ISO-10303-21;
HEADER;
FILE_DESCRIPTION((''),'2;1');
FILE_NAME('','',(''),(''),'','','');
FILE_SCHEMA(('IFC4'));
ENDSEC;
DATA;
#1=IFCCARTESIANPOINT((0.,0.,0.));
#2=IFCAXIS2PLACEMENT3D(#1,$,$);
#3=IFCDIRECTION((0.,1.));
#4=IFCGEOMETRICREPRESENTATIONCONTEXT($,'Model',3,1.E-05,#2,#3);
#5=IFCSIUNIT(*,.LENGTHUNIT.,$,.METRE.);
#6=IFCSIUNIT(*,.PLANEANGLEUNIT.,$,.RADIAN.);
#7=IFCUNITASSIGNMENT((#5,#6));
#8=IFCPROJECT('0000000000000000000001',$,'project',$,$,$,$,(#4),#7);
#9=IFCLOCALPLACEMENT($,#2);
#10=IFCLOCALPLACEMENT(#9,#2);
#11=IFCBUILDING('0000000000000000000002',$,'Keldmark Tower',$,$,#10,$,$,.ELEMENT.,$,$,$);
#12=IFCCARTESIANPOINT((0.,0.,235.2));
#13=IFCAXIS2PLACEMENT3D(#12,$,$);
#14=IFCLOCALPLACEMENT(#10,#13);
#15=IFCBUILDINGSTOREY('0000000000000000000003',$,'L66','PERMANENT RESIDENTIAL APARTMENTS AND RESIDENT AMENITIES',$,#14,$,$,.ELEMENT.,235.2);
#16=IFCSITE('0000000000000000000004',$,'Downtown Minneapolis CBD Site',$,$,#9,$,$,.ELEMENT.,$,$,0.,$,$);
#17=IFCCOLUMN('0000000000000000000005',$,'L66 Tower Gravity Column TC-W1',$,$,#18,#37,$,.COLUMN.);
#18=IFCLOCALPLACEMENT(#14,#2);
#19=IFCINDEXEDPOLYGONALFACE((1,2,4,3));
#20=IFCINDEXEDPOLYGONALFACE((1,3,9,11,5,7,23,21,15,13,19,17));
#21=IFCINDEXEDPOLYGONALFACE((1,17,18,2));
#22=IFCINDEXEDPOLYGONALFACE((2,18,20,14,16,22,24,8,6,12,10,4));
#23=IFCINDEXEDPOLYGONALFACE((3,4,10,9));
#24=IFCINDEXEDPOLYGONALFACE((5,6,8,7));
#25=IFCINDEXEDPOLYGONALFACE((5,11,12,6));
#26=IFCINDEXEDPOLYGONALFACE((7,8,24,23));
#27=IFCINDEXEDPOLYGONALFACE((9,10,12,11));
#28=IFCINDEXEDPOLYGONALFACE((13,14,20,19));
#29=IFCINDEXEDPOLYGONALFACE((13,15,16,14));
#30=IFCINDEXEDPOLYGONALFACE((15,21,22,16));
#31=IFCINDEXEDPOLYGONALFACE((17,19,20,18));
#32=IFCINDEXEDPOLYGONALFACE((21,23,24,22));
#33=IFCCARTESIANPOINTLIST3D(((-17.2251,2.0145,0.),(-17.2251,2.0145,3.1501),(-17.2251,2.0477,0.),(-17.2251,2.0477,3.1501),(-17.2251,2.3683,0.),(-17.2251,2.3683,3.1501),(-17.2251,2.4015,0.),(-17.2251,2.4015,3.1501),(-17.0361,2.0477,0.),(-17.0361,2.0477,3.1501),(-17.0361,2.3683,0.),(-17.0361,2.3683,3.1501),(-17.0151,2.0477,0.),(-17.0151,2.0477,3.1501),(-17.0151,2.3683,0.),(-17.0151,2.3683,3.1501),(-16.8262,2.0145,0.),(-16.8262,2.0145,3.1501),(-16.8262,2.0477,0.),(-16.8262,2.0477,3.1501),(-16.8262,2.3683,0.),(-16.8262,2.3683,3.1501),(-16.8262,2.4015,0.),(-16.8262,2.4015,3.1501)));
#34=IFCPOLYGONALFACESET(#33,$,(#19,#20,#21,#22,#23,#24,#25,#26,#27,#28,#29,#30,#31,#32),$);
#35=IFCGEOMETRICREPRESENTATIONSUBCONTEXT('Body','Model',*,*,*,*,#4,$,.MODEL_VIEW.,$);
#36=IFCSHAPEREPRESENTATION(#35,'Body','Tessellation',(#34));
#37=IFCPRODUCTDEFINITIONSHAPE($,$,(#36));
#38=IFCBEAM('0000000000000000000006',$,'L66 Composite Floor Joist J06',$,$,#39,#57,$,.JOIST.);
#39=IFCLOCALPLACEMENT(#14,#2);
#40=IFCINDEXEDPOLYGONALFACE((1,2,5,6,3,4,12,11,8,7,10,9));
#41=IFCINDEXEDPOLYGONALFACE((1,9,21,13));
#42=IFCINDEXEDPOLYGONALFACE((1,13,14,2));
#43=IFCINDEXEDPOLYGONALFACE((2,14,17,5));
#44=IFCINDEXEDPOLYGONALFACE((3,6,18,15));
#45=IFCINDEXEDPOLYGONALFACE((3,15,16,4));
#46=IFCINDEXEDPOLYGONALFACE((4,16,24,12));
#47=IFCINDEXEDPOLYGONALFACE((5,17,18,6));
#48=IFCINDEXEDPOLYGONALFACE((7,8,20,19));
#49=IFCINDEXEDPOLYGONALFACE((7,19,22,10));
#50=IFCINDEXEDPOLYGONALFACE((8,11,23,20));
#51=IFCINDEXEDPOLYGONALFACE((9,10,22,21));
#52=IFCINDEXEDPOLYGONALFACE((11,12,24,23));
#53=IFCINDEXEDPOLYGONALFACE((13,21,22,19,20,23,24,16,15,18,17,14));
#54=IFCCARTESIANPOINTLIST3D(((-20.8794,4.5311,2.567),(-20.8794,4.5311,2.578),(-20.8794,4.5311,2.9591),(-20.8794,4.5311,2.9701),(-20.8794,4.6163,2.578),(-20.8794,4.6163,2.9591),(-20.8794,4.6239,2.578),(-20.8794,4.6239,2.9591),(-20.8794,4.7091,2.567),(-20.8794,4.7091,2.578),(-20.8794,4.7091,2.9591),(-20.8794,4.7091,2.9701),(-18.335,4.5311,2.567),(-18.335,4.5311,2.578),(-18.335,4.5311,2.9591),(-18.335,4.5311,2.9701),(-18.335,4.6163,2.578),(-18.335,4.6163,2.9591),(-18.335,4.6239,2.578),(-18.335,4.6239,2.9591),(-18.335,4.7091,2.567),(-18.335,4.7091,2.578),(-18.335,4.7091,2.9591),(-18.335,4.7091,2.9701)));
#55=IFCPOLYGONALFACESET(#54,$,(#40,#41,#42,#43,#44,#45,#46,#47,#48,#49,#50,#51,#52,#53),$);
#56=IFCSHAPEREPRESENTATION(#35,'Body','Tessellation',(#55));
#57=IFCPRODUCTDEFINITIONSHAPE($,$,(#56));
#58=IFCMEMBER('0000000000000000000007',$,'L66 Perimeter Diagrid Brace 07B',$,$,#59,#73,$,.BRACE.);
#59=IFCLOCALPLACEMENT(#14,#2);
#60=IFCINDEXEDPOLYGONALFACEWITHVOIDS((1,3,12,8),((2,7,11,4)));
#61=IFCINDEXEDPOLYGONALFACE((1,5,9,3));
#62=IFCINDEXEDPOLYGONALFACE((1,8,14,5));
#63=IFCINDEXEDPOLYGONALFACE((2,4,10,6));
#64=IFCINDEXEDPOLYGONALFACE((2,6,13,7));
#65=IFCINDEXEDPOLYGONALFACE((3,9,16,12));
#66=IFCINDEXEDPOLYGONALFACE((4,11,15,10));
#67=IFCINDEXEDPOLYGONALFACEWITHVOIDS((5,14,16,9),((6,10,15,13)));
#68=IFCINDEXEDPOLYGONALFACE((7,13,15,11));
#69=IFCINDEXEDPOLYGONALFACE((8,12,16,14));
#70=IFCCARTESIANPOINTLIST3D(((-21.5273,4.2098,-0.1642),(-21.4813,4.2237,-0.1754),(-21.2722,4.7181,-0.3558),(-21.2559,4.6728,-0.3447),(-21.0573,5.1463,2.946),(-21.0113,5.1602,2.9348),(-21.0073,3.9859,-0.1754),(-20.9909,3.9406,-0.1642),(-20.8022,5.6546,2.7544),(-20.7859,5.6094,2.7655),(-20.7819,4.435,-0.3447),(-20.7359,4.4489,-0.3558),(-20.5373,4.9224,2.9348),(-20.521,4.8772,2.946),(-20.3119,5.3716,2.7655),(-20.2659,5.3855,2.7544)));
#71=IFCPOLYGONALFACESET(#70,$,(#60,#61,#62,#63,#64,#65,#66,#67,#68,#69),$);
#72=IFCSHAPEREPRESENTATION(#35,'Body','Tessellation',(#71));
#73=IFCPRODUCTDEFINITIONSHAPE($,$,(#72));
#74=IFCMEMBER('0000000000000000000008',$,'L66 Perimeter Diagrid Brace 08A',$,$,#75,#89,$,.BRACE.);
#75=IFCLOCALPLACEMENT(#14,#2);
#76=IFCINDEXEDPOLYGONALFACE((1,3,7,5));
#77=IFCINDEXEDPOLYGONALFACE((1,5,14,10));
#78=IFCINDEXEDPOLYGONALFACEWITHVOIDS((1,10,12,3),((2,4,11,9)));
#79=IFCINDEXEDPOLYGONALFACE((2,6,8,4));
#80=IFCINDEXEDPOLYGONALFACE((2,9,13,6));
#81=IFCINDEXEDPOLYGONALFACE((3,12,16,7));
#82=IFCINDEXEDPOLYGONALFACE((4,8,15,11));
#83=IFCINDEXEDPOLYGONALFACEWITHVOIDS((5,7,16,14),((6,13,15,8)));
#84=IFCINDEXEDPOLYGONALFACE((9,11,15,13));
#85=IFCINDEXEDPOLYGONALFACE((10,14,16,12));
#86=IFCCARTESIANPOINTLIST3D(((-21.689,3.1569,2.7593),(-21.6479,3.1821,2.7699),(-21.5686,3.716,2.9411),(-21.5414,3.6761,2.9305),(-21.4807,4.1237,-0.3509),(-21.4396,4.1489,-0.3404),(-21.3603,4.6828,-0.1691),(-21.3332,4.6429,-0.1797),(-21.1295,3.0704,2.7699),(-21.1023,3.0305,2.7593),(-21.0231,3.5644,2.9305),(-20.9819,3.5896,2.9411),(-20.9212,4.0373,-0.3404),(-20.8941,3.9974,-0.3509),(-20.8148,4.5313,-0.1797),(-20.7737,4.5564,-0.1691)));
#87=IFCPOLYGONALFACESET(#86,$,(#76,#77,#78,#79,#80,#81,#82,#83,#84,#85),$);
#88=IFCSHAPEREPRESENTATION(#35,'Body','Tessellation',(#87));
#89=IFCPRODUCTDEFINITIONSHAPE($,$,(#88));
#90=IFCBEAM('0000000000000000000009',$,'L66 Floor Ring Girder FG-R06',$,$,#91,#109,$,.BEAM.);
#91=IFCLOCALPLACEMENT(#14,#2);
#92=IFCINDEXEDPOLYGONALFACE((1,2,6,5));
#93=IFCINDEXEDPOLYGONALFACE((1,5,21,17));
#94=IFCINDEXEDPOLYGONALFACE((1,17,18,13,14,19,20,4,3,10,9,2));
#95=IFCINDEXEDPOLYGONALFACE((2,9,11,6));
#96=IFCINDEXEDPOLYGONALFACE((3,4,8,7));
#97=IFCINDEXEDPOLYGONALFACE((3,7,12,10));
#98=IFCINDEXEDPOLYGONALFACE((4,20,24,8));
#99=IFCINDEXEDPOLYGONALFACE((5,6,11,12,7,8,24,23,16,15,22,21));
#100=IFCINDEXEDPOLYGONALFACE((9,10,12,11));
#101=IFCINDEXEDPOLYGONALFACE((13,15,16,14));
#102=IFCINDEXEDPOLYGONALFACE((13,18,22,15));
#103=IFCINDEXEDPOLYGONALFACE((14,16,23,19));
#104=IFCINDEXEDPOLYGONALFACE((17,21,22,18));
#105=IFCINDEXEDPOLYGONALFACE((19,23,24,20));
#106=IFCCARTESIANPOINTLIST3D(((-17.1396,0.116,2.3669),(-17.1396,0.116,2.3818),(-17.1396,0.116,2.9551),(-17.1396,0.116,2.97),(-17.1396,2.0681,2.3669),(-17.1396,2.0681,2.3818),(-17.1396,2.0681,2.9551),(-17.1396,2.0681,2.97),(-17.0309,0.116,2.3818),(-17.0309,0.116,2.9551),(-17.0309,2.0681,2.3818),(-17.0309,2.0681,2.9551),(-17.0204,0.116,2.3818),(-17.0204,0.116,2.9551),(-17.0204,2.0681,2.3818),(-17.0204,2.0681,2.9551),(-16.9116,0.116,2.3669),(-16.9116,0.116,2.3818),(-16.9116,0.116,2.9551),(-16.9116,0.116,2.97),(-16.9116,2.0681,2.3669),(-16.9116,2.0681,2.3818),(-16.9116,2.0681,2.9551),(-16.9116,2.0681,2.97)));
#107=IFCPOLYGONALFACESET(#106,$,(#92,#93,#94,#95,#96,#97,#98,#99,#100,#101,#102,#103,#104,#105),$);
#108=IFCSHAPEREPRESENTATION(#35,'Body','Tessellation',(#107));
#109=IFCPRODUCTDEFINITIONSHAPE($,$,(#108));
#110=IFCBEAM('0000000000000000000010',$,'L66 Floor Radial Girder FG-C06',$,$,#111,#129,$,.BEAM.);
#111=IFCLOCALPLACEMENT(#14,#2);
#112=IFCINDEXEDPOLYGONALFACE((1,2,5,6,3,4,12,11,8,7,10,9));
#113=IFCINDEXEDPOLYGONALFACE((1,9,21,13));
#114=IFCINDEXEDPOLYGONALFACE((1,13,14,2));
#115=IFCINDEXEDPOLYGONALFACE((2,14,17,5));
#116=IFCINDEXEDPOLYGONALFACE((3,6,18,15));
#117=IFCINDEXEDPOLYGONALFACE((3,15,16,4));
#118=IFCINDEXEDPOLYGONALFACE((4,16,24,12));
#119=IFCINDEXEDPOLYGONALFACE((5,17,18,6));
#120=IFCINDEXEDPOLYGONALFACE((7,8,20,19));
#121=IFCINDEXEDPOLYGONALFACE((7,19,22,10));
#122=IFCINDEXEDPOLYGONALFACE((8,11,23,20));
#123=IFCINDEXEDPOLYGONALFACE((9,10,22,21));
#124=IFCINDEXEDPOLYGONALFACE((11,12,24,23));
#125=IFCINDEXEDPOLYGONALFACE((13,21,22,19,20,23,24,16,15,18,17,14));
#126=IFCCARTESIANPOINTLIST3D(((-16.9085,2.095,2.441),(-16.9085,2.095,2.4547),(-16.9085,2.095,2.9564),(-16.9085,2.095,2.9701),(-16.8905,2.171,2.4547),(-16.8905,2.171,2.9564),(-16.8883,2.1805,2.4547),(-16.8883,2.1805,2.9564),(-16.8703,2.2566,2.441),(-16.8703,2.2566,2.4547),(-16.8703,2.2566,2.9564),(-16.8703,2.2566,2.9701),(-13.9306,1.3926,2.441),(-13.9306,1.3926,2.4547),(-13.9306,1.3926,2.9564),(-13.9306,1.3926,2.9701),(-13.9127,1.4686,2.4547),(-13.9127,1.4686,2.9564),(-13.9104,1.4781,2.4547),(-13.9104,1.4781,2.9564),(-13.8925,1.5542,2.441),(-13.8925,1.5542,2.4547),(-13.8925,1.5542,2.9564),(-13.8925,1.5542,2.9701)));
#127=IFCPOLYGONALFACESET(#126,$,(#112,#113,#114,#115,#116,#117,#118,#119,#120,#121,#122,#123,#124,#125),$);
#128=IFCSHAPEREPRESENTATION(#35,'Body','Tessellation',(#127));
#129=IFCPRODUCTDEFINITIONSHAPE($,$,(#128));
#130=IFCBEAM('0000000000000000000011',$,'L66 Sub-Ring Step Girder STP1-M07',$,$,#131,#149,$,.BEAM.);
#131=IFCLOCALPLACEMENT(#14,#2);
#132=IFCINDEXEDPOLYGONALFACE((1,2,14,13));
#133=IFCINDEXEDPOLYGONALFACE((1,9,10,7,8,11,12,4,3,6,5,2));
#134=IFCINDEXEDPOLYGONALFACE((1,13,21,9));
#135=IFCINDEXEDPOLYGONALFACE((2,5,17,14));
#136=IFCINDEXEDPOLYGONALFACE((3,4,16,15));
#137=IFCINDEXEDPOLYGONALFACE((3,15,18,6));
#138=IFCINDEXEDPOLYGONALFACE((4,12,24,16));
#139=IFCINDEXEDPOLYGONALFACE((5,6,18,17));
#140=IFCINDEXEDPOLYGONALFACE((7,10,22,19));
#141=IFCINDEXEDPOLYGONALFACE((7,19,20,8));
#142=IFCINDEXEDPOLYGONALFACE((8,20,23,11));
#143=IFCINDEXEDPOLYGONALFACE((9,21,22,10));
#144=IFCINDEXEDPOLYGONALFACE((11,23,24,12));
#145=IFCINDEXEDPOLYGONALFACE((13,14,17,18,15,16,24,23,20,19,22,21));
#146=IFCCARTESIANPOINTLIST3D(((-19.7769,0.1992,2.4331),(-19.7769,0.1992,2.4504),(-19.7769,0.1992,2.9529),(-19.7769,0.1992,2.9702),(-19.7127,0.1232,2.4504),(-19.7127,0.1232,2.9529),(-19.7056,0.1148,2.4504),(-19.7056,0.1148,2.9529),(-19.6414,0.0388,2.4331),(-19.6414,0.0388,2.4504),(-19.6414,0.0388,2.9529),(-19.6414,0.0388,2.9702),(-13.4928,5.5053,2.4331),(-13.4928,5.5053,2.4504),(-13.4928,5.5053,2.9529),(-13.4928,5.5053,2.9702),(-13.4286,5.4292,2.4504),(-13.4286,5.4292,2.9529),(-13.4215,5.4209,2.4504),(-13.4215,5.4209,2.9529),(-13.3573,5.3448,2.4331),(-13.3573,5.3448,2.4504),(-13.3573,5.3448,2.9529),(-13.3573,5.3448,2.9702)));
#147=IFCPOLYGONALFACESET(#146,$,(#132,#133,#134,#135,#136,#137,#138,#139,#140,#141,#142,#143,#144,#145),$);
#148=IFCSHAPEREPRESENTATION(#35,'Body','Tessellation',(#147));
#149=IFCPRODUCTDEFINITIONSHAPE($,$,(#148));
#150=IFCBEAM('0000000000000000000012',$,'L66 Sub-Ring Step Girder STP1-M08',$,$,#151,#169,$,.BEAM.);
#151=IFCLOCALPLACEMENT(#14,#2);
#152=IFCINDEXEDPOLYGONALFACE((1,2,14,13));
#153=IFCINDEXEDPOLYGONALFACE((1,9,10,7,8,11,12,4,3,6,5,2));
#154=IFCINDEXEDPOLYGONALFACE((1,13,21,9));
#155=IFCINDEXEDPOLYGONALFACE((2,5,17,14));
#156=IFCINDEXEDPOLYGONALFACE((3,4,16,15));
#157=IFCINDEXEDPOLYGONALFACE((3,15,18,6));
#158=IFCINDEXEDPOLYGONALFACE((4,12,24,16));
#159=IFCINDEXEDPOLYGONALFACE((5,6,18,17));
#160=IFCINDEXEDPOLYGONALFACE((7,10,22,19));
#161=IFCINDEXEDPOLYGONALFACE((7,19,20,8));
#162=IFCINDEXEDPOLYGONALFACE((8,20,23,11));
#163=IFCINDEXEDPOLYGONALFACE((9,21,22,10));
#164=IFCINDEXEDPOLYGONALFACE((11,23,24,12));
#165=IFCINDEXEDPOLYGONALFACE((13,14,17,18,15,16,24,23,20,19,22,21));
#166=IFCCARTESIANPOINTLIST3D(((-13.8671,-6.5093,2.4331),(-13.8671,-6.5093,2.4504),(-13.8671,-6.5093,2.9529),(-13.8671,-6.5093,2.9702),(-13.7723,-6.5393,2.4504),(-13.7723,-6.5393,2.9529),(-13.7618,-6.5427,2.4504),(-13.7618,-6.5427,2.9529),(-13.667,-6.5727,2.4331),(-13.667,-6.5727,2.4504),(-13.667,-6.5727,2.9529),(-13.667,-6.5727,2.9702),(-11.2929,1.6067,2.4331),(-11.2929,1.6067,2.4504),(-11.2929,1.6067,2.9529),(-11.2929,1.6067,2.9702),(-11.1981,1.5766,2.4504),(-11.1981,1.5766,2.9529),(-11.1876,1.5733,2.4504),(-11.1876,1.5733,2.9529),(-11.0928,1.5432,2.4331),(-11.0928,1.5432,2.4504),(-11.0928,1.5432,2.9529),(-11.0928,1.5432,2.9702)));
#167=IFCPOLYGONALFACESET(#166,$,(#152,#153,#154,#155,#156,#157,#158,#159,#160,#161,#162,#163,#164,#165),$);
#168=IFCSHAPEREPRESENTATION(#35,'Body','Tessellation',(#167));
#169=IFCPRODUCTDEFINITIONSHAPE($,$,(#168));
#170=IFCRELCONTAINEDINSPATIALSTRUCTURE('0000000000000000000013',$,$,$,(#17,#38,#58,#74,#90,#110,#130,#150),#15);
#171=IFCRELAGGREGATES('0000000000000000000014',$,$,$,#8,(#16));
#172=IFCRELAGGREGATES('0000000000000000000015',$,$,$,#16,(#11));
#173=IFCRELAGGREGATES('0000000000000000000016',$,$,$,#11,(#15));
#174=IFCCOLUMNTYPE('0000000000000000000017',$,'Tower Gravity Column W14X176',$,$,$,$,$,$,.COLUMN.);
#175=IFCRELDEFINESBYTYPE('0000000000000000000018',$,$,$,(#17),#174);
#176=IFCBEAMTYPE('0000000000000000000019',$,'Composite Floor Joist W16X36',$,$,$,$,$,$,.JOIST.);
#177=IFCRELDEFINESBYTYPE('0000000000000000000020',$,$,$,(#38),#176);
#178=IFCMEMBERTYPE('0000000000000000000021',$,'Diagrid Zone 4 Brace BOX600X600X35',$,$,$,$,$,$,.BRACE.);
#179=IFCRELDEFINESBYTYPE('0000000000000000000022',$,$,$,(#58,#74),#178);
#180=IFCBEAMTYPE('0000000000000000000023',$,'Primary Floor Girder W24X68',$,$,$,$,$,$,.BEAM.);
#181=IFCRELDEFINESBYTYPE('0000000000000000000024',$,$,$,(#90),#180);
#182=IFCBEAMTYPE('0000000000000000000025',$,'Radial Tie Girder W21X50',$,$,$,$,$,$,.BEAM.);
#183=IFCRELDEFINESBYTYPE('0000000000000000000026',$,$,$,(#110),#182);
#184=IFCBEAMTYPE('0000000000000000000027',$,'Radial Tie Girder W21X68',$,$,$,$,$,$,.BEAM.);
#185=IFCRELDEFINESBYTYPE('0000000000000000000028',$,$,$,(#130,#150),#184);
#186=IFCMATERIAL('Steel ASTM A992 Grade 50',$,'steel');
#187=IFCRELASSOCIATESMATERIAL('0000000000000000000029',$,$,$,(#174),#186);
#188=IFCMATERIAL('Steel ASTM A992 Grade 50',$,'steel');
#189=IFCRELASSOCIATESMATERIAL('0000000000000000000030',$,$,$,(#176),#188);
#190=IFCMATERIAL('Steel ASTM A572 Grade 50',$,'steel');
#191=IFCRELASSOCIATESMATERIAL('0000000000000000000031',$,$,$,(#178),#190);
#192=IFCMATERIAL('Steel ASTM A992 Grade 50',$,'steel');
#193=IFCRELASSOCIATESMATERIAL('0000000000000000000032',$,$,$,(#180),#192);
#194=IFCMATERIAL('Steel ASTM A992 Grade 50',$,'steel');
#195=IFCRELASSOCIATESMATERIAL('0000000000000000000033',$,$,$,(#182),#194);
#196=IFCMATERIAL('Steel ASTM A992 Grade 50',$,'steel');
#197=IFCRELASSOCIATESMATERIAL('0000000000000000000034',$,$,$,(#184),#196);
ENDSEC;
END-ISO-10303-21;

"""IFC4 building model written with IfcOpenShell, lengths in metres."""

from ifc_helpers import new_model, si_unit, direction, frame, origin, origin_2d, place, context, subcontext, project, spatial, hollow_rectangle, i_section, extrude, material, material_profile, profile_set, type_object, element, save


model = new_model("IFC4")

# Units and contexts
model_context = context("Model", 3, precision=1e-05, world=origin(), true_north=direction((0.0, 1.0)))
body_context = subcontext(model_context, "Body", "Model", "MODEL_VIEW")
ifc_project = project(units=[si_unit("LENGTHUNIT", "METRE"), si_unit("PLANEANGLEUNIT", "RADIAN")], contexts=[model_context])

# Site, building, storey
site_placement = place(None, origin())
site = spatial("IfcSite", under=ifc_project, at=site_placement, Name="Downtown Minneapolis CBD Site", CompositionType="ELEMENT", RefElevation=0.0)
building_placement = place(site_placement, origin())
building = spatial("IfcBuilding", under=site, at=building_placement, Name="Keldmark Tower", CompositionType="ELEMENT")
storey_placement = place(building_placement, frame((0.0, 0.0, 235.2)))
storey = spatial("IfcBuildingStorey", under=building, at=storey_placement, Name="L66", Description="PERMANENT RESIDENTIAL APARTMENTS AND RESIDENT AMENITIES", CompositionType="ELEMENT", Elevation=235.2)

# Column
ifc_material_1 = material(Name="Steel ASTM A992 Grade 50", Category="steel")
ifc_material_profile_1 = material_profile(ifc_material_1, i_section(OverallWidth=0.3989, OverallDepth=0.387, WebThickness=0.021, FlangeThickness=0.0332, at=origin_2d()), Name="W14X176")
ifc_profile_set_1 = profile_set([ifc_material_profile_1], Name="Steel ASTM A992 Grade 50")
column_type = type_object("IfcColumnType", Name="Tower Gravity Column W14X176", PredefinedType="COLUMN", material=ifc_profile_set_1)
column_placement = place(storey_placement, frame((-17.0256, 2.208, 0.0), z_axis=(0.0, 0.0, 1.0), x_axis=(1.0, 0.0, 0.0)))
element("IfcColumn", 1, at=column_placement, inside=storey, type_object=column_type, Name="L66 Tower Gravity Column TC-W1", PredefinedType="COLUMN", context=body_context, shape_type="SweptSolid", body=[
    extrude(i_section(OverallWidth=0.3989, OverallDepth=0.387, WebThickness=0.021, FlangeThickness=0.0332, at=origin_2d()), origin(), (0.0, 0.0, 1.0), 3.1501),
])

# Beam
ifc_material_2 = material(Name="Steel ASTM A992 Grade 50", Category="steel")
ifc_material_profile_2 = material_profile(ifc_material_2, i_section(OverallWidth=0.178, OverallDepth=0.4031, WebThickness=0.0076, FlangeThickness=0.011, at=origin_2d()), Name="W16X36")
ifc_profile_set_2 = profile_set([ifc_material_profile_2], Name="Steel ASTM A992 Grade 50")
beam_type_1 = type_object("IfcBeamType", Name="Composite Floor Joist W16X36", PredefinedType="JOIST", material=ifc_profile_set_2)
beam_1_placement = place(storey_placement, frame((-20.8794, 4.6201, 2.7686), z_axis=(1.0, 0.0, 0.0), x_axis=(0.0, 1.0, 0.0)))
element("IfcBeam", 2, at=beam_1_placement, inside=storey, type_object=beam_type_1, Name="L66 Composite Floor Joist J06", PredefinedType="JOIST", context=body_context, shape_type="SweptSolid", body=[
    extrude(i_section(OverallWidth=0.178, OverallDepth=0.4031, WebThickness=0.0076, FlangeThickness=0.011, at=origin_2d()), origin(), (0.0, 0.0, 1.0), 2.5444),
])

# Members
ifc_material_3 = material(Name="Steel ASTM A572 Grade 50", Category="steel")
ifc_material_profile_3 = material_profile(ifc_material_3, hollow_rectangle(XDim=0.6001, YDim=0.6001, WallThickness=0.0349, at=origin_2d()), Name="BOX600X600X35")
ifc_profile_set_3 = profile_set([ifc_material_profile_3], Name="Steel ASTM A572 Grade 50")
member_type = type_object("IfcMemberType", Name="Diagrid Zone 4 Brace BOX600X600X35", PredefinedType="BRACE", material=ifc_profile_set_3)
member_1_placement = place(storey_placement, frame((-21.1316, 4.3293, -0.26), z_axis=(0.143202, 0.285362, 0.947661), x_axis=(-0.893774, 0.448518, 0.0)))
element("IfcMember", 3, at=member_1_placement, inside=storey, type_object=member_type, Name="L66 Perimeter Diagrid Brace 07B", PredefinedType="BRACE", context=body_context, shape_type="SweptSolid", body=[
    extrude(hollow_rectangle(XDim=0.6001, YDim=0.6001, WallThickness=0.0349, at=origin_2d()), origin(), (0.0, 0.0, 1.0), 3.282),
])
member_2_placement = place(storey_placement, frame((-21.1272, 4.3401, -0.26), z_axis=(-0.063811, -0.29624, 0.95298), x_axis=(0.977578, -0.210574, 0.0)))
element("IfcMember", 4, at=member_2_placement, inside=storey, type_object=member_type, Name="L66 Perimeter Diagrid Brace 08A", PredefinedType="BRACE", context=body_context, shape_type="SweptSolid", body=[
    extrude(hollow_rectangle(XDim=0.6001, YDim=0.6001, WallThickness=0.0349, at=origin_2d()), origin(), (0.0, 0.0, 1.0), 3.2637),
])

# Beams
ifc_material_4 = material(Name="Steel ASTM A992 Grade 50", Category="steel")
ifc_material_profile_4 = material_profile(ifc_material_4, i_section(OverallWidth=0.228, OverallDepth=0.603, WebThickness=0.0105, FlangeThickness=0.0149, at=origin_2d()), Name="W24X68")
ifc_profile_set_4 = profile_set([ifc_material_profile_4], Name="Steel ASTM A992 Grade 50")
beam_type_2 = type_object("IfcBeamType", Name="Primary Floor Girder W24X68", PredefinedType="BEAM", material=ifc_profile_set_4)
beam_2_placement = place(storey_placement, frame((-17.0256, 2.0681, 2.6685), z_axis=(0.0, -1.0, 0.0), x_axis=(1.0, 0.0, 0.0)))
element("IfcBeam", 5, at=beam_2_placement, inside=storey, type_object=beam_type_2, Name="L66 Floor Ring Girder FG-R06", PredefinedType="BEAM", context=body_context, shape_type="SweptSolid", body=[
    extrude(i_section(OverallWidth=0.228, OverallDepth=0.603, WebThickness=0.0105, FlangeThickness=0.0149, at=origin_2d()), origin(), (0.0, 0.0, 1.0), 1.9521),
])
ifc_material_5 = material(Name="Steel ASTM A992 Grade 50", Category="steel")
ifc_material_profile_5 = material_profile(ifc_material_5, i_section(OverallWidth=0.166, OverallDepth=0.5291, WebThickness=0.0098, FlangeThickness=0.0137, at=origin_2d()), Name="W21X50")
ifc_profile_set_5 = profile_set([ifc_material_profile_5], Name="Steel ASTM A992 Grade 50")
beam_type_3 = type_object("IfcBeamType", Name="Radial Tie Girder W21X50", PredefinedType="BEAM", material=ifc_profile_set_5)
beam_3_placement = place(storey_placement, frame((-16.8894, 2.1758, 2.7056), z_axis=(0.97329, -0.229577, 0.0), x_axis=(0.229577, 0.97329, 0.0)))
element("IfcBeam", 6, at=beam_3_placement, inside=storey, type_object=beam_type_3, Name="L66 Floor Radial Girder FG-C06", PredefinedType="BEAM", context=body_context, shape_type="SweptSolid", body=[
    extrude(i_section(OverallWidth=0.166, OverallDepth=0.5291, WebThickness=0.0098, FlangeThickness=0.0137, at=origin_2d()), origin(), (0.0, 0.0, 1.0), 3.0596),
])
ifc_material_6 = material(Name="Steel ASTM A992 Grade 50", Category="steel")
ifc_material_profile_6 = material_profile(ifc_material_6, i_section(OverallWidth=0.21, OverallDepth=0.5371, WebThickness=0.011, FlangeThickness=0.0173, at=origin_2d()), Name="W21X68")
ifc_profile_set_6 = profile_set([ifc_material_profile_6], Name="Steel ASTM A992 Grade 50")
beam_type_4 = type_object("IfcBeamType", Name="Radial Tie Girder W21X68", PredefinedType="BEAM", material=ifc_profile_set_6)
beam_4_placement = place(storey_placement, frame((-13.425, 5.425, 2.7017), z_axis=(-0.764059, -0.645146, 0.0), x_axis=(0.645146, -0.764059, 0.0)))
element("IfcBeam", 7, at=beam_4_placement, inside=storey, type_object=beam_type_4, Name="L66 Sub-Ring Step Girder STP1-M07", PredefinedType="BEAM", context=body_context, shape_type="SweptSolid", body=[
    extrude(i_section(OverallWidth=0.21, OverallDepth=0.5371, WebThickness=0.011, FlangeThickness=0.0173, at=origin_2d()), origin(), (0.0, 0.0, 1.0), 8.2246),
])
beam_5_placement = place(storey_placement, frame((-11.1929, 1.575, 2.7017), z_axis=(-0.302336, -0.953201, 0.0), x_axis=(0.953201, -0.302336, 0.0)))
element("IfcBeam", 8, at=beam_5_placement, inside=storey, type_object=beam_type_4, Name="L66 Sub-Ring Step Girder STP1-M08", PredefinedType="BEAM", context=body_context, shape_type="SweptSolid", body=[
    extrude(i_section(OverallWidth=0.21, OverallDepth=0.5371, WebThickness=0.011, FlangeThickness=0.0173, at=origin_2d()), origin(), (0.0, 0.0, 1.0), 8.5144),
])

save(model, "model.ifc")
